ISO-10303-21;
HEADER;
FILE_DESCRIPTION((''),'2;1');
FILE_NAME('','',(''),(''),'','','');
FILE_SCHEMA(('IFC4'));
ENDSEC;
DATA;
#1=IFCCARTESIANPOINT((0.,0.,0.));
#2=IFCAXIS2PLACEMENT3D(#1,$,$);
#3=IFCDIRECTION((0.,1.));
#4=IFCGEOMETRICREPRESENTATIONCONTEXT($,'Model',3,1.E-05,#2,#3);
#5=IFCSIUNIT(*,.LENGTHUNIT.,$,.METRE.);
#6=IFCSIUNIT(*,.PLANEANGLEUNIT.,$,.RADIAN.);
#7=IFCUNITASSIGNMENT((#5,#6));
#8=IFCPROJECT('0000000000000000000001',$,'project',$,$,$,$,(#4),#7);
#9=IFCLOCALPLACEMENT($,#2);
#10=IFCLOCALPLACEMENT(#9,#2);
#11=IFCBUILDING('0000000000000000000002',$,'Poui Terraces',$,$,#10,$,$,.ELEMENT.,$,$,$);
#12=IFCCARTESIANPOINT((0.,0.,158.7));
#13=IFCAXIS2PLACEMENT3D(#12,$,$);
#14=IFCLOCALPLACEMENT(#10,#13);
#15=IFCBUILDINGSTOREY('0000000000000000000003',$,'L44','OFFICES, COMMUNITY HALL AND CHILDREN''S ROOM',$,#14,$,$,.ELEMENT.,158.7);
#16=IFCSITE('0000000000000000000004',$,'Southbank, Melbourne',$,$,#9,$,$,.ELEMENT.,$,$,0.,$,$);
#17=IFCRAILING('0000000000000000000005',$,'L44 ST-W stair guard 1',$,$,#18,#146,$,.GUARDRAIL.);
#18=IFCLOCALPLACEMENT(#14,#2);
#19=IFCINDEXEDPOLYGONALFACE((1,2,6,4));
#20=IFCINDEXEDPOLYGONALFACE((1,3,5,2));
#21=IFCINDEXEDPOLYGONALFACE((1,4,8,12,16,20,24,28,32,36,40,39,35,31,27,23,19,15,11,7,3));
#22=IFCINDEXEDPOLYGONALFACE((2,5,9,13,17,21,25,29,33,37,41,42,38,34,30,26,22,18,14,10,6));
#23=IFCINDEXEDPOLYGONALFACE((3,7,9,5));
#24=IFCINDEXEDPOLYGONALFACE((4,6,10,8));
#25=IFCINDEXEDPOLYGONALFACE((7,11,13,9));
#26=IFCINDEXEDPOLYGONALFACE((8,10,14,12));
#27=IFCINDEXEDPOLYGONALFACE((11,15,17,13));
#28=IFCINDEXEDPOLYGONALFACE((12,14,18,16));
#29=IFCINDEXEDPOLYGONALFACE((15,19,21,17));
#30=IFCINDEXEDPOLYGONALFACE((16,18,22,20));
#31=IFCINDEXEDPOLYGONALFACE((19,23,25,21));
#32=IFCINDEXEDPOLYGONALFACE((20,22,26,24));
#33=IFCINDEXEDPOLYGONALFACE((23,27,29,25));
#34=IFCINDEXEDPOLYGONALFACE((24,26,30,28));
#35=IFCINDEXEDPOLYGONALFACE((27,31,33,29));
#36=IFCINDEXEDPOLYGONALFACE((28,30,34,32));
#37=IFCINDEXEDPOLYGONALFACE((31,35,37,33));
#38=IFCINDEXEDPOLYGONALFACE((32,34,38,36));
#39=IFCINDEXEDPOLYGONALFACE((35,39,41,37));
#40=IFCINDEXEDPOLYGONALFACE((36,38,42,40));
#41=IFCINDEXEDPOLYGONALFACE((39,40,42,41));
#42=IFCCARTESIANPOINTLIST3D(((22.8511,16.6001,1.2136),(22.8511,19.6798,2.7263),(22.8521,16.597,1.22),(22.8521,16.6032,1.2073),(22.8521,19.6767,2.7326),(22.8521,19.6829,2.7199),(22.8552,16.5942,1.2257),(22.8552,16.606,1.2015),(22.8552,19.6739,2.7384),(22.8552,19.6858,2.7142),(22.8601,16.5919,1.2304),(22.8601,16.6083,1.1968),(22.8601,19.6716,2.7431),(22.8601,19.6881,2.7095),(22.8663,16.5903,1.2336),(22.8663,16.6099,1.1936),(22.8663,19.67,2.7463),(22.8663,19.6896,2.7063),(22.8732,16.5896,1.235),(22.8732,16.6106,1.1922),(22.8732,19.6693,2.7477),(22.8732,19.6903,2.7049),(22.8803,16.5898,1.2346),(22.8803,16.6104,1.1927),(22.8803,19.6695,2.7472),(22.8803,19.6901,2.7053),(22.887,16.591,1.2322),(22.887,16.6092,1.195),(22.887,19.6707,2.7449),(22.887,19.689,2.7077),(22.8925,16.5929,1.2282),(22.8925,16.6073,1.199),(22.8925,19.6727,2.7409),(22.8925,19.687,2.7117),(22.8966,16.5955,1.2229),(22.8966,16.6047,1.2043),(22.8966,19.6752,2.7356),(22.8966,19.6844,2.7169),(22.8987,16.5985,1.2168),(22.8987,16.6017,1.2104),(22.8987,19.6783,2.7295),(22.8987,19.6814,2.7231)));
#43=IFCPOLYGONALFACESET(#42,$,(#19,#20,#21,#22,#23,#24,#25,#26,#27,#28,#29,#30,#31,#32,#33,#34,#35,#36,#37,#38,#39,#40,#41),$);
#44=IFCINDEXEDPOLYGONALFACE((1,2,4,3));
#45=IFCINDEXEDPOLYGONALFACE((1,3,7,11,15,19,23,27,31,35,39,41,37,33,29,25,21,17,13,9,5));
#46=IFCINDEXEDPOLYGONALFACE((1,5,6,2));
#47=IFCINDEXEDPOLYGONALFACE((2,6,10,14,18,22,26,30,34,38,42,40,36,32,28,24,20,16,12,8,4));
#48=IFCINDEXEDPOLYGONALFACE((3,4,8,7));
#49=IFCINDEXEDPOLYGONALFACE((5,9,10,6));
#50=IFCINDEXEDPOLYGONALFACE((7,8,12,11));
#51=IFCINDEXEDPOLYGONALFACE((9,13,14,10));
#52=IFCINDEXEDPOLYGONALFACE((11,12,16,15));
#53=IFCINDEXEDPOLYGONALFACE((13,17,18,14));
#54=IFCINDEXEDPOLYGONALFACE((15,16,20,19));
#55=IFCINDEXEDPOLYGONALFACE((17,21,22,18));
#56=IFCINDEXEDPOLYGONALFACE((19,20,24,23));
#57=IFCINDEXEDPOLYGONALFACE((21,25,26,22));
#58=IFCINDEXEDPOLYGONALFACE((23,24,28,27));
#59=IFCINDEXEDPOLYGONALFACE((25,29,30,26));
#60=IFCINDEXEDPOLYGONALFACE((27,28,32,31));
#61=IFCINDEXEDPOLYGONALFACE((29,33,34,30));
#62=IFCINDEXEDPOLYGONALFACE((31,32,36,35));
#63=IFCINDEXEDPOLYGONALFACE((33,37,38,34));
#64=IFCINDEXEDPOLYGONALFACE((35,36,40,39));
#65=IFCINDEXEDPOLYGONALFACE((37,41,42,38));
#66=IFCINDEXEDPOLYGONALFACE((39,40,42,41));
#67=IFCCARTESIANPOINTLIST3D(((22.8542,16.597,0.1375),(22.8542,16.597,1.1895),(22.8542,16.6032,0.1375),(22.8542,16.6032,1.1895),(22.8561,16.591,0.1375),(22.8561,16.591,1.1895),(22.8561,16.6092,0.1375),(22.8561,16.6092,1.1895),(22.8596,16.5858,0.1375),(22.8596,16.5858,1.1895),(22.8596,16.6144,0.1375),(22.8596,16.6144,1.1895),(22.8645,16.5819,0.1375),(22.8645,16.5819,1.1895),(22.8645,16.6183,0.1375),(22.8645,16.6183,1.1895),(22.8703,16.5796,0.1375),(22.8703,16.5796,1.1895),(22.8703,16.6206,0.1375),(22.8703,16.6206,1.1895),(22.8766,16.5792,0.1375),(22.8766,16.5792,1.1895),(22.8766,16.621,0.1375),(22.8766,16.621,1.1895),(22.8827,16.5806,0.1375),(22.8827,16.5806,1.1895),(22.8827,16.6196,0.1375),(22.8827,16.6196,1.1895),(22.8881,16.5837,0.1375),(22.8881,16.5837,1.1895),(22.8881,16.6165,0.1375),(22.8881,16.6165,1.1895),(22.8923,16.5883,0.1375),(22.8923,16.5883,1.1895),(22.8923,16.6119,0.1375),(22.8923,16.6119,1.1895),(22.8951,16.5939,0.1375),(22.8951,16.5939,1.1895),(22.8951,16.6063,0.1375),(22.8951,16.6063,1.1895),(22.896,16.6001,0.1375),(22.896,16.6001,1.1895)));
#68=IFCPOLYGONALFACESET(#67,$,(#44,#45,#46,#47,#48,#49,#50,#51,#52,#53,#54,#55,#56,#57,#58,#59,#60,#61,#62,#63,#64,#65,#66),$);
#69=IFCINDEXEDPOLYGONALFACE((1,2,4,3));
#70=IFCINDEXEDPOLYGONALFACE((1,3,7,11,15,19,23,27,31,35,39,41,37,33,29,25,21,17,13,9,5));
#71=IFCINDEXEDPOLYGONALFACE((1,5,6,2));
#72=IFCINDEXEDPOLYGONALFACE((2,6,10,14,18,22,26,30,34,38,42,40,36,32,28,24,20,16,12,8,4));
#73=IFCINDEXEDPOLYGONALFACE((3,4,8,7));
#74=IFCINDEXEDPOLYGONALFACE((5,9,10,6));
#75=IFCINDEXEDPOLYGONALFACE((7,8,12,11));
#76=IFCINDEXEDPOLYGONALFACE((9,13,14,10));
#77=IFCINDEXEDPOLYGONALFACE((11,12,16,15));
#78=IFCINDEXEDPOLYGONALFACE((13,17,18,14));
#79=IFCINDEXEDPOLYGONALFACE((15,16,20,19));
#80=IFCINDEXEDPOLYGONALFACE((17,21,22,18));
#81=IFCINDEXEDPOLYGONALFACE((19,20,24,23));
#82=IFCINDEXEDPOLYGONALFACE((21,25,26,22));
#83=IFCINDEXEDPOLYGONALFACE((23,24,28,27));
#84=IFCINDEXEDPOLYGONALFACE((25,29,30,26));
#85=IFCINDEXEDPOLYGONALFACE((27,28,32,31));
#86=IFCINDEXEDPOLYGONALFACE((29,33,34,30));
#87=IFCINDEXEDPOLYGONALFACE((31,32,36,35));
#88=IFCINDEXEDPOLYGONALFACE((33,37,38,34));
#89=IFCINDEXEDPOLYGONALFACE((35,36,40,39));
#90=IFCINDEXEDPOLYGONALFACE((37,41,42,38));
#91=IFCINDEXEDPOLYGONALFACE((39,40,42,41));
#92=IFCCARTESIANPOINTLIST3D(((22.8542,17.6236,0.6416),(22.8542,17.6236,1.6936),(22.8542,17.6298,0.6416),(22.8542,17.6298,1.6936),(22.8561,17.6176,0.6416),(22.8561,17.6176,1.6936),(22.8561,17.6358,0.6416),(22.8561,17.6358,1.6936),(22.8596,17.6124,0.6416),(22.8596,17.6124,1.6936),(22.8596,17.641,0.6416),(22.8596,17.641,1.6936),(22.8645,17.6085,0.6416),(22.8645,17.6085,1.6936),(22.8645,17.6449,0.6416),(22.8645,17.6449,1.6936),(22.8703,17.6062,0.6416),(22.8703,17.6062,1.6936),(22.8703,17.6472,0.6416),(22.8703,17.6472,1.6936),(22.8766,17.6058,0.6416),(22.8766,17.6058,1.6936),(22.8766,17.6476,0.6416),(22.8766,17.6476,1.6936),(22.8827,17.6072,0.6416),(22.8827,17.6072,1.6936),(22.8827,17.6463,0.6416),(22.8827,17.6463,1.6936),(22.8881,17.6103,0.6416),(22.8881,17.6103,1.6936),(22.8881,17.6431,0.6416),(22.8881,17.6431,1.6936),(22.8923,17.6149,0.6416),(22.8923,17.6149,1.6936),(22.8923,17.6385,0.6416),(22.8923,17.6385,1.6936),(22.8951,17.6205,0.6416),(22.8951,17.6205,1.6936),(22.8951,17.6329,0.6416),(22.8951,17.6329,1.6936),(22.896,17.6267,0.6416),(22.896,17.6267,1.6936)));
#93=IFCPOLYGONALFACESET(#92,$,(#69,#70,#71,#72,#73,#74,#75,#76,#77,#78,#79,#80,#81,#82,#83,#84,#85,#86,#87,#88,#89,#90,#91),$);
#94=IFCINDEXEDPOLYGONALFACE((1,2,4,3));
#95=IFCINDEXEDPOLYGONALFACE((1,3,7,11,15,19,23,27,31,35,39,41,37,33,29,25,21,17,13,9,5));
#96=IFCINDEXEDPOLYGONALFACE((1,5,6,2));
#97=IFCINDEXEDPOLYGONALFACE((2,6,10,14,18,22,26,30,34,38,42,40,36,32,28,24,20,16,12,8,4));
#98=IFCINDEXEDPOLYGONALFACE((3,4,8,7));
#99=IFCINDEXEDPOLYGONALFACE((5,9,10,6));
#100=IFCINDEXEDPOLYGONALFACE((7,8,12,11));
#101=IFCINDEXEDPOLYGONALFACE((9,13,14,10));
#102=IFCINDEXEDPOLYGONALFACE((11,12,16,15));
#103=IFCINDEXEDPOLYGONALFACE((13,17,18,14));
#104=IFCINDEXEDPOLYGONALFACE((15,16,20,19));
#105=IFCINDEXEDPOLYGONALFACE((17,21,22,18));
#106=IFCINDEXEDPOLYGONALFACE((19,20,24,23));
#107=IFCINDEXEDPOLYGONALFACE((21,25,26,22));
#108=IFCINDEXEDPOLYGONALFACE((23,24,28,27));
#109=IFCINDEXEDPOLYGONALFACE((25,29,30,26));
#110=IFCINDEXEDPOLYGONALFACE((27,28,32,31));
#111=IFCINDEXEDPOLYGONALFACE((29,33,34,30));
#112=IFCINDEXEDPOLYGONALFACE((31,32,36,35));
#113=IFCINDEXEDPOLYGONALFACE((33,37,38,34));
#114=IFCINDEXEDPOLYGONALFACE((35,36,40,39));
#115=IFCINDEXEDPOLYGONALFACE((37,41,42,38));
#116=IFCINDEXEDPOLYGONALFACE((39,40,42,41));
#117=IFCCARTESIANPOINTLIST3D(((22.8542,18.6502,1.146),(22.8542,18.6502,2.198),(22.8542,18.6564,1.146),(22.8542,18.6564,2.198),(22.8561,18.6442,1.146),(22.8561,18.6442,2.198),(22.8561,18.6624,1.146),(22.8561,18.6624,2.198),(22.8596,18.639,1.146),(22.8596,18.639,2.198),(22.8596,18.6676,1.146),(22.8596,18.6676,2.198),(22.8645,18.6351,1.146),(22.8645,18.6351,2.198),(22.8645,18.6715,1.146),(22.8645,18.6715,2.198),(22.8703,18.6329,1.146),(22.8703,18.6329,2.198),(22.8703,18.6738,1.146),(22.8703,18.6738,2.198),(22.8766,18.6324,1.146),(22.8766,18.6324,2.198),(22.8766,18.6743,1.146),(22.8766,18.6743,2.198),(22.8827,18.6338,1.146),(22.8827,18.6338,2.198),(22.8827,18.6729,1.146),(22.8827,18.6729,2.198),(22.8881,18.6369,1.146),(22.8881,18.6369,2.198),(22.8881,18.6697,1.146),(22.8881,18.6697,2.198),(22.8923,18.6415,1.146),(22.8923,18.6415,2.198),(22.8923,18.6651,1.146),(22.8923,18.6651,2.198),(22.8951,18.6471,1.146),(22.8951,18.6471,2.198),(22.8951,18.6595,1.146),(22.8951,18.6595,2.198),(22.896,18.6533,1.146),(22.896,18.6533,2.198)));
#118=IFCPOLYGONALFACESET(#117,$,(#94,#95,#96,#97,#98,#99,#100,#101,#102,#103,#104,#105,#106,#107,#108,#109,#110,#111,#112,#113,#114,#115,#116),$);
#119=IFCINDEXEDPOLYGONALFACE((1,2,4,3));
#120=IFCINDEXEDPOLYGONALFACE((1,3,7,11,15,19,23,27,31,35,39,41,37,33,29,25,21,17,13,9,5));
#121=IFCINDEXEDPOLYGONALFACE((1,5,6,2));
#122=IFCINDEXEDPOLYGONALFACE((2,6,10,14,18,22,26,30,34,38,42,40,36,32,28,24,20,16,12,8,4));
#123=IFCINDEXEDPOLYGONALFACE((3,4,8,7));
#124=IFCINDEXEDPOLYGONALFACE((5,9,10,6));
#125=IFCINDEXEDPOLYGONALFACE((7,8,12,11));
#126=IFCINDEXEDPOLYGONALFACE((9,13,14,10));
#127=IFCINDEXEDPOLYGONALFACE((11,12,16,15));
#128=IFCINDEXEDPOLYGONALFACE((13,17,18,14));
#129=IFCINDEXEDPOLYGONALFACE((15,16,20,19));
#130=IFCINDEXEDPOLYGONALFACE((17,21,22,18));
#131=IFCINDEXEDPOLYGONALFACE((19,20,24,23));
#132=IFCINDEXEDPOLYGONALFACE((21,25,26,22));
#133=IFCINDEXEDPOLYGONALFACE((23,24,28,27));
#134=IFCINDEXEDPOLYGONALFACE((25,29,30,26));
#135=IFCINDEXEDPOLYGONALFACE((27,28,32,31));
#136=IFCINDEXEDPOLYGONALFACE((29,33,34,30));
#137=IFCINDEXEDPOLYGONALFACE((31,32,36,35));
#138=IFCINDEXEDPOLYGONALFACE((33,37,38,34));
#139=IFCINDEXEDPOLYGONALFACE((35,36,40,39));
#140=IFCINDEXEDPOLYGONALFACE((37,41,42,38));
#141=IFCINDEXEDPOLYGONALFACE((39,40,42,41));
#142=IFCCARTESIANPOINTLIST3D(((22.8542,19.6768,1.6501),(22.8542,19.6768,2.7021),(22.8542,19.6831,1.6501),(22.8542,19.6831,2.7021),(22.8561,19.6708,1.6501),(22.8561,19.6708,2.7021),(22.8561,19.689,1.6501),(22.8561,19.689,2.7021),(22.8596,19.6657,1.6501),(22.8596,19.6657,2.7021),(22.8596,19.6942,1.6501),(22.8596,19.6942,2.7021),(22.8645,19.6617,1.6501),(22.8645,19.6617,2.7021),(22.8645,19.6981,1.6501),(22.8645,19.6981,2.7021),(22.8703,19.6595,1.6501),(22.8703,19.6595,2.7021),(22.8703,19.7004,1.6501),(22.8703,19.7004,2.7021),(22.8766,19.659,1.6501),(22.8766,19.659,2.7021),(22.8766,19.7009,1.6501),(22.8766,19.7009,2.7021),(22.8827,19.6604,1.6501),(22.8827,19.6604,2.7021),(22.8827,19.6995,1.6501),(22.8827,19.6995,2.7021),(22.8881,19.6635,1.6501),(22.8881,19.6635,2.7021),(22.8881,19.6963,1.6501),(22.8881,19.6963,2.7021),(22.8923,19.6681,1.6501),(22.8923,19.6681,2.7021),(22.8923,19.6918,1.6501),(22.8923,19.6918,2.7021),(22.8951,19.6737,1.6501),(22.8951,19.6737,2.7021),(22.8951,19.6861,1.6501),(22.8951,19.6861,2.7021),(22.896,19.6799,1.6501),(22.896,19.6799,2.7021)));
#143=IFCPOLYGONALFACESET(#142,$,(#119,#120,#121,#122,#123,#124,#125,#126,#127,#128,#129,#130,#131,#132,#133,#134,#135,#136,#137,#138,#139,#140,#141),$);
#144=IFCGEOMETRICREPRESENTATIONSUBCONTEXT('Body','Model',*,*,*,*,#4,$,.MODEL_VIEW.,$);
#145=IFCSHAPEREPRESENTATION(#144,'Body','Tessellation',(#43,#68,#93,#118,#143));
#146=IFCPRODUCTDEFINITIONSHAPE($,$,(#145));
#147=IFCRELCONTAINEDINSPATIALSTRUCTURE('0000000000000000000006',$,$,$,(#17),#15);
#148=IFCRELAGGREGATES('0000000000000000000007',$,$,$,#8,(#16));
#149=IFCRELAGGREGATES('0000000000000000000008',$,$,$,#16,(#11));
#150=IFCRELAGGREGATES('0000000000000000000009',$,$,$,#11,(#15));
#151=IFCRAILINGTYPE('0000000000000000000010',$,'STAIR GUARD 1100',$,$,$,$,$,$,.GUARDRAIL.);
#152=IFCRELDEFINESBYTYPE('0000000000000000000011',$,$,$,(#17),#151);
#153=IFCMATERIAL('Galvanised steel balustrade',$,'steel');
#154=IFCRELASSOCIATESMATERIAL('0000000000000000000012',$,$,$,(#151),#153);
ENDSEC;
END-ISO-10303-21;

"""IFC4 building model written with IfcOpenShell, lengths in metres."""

from ifc_helpers import new_model, si_unit, direction, frame, origin, origin_2d, place, context, subcontext, project, spatial, circle, extrude, material, type_object, element, save


model = new_model("IFC4")

# Units and contexts
model_context = context("Model", 3, precision=1e-05, world=origin(), true_north=direction((0.0, 1.0)))
body_context = subcontext(model_context, "Body", "Model", "MODEL_VIEW")
ifc_project = project(units=[si_unit("LENGTHUNIT", "METRE"), si_unit("PLANEANGLEUNIT", "RADIAN")], contexts=[model_context])

# Site, building, storey
site_placement = place(None, origin())
site = spatial("IfcSite", under=ifc_project, at=site_placement, Name="Southbank, Melbourne", CompositionType="ELEMENT", RefElevation=0.0)
building_placement = place(site_placement, origin())
building = spatial("IfcBuilding", under=site, at=building_placement, Name="Poui Terraces", CompositionType="ELEMENT")
storey_placement = place(building_placement, frame((0.0, 0.0, 158.7)))
storey = spatial("IfcBuildingStorey", under=building, at=storey_placement, Name="L44", Description="OFFICES, COMMUNITY HALL AND CHILDREN'S ROOM", CompositionType="ELEMENT", Elevation=158.7)

# Railing
ifc_material_1 = material(Name="Galvanised steel balustrade", Category="steel")
railing_type_1 = type_object("IfcRailingType", Name="STAIR GUARD 1100", PredefinedType="GUARDRAIL", material=ifc_material_1)
railing_1_placement = place(storey_placement, frame((22.875, 16.6001, 0.1375)))
element("IfcRailing", 1, at=railing_1_placement, inside=storey, type_object=railing_type_1, Name="L44 ST-W stair guard 1", PredefinedType="GUARDRAIL", context=body_context, shape_type="SweptSolid", body=[
    extrude(circle(Radius=0.0239, at=origin_2d()), frame((0.0, 0.0, 1.0762), z_axis=(0.0, 0.897578, 0.440856), x_axis=(-1.0, 0.0, 0.0)), (0.0, 0.0, 1.0), 3.4312),
    extrude(circle(Radius=0.021, at=origin_2d()), origin(), (0.0, 0.0, 1.0), 1.052),
    extrude(circle(Radius=0.021, at=origin_2d()), frame((0.0, 1.0266, 0.5042)), (0.0, 0.0, 1.0), 1.052),
    extrude(circle(Radius=0.021, at=origin_2d()), frame((0.0, 2.0532, 1.0085)), (0.0, 0.0, 1.0), 1.052),
    extrude(circle(Radius=0.021, at=origin_2d()), frame((0.0, 3.0798, 1.5127)), (0.0, 0.0, 1.0), 1.052),
])

save(model, "model.ifc")
